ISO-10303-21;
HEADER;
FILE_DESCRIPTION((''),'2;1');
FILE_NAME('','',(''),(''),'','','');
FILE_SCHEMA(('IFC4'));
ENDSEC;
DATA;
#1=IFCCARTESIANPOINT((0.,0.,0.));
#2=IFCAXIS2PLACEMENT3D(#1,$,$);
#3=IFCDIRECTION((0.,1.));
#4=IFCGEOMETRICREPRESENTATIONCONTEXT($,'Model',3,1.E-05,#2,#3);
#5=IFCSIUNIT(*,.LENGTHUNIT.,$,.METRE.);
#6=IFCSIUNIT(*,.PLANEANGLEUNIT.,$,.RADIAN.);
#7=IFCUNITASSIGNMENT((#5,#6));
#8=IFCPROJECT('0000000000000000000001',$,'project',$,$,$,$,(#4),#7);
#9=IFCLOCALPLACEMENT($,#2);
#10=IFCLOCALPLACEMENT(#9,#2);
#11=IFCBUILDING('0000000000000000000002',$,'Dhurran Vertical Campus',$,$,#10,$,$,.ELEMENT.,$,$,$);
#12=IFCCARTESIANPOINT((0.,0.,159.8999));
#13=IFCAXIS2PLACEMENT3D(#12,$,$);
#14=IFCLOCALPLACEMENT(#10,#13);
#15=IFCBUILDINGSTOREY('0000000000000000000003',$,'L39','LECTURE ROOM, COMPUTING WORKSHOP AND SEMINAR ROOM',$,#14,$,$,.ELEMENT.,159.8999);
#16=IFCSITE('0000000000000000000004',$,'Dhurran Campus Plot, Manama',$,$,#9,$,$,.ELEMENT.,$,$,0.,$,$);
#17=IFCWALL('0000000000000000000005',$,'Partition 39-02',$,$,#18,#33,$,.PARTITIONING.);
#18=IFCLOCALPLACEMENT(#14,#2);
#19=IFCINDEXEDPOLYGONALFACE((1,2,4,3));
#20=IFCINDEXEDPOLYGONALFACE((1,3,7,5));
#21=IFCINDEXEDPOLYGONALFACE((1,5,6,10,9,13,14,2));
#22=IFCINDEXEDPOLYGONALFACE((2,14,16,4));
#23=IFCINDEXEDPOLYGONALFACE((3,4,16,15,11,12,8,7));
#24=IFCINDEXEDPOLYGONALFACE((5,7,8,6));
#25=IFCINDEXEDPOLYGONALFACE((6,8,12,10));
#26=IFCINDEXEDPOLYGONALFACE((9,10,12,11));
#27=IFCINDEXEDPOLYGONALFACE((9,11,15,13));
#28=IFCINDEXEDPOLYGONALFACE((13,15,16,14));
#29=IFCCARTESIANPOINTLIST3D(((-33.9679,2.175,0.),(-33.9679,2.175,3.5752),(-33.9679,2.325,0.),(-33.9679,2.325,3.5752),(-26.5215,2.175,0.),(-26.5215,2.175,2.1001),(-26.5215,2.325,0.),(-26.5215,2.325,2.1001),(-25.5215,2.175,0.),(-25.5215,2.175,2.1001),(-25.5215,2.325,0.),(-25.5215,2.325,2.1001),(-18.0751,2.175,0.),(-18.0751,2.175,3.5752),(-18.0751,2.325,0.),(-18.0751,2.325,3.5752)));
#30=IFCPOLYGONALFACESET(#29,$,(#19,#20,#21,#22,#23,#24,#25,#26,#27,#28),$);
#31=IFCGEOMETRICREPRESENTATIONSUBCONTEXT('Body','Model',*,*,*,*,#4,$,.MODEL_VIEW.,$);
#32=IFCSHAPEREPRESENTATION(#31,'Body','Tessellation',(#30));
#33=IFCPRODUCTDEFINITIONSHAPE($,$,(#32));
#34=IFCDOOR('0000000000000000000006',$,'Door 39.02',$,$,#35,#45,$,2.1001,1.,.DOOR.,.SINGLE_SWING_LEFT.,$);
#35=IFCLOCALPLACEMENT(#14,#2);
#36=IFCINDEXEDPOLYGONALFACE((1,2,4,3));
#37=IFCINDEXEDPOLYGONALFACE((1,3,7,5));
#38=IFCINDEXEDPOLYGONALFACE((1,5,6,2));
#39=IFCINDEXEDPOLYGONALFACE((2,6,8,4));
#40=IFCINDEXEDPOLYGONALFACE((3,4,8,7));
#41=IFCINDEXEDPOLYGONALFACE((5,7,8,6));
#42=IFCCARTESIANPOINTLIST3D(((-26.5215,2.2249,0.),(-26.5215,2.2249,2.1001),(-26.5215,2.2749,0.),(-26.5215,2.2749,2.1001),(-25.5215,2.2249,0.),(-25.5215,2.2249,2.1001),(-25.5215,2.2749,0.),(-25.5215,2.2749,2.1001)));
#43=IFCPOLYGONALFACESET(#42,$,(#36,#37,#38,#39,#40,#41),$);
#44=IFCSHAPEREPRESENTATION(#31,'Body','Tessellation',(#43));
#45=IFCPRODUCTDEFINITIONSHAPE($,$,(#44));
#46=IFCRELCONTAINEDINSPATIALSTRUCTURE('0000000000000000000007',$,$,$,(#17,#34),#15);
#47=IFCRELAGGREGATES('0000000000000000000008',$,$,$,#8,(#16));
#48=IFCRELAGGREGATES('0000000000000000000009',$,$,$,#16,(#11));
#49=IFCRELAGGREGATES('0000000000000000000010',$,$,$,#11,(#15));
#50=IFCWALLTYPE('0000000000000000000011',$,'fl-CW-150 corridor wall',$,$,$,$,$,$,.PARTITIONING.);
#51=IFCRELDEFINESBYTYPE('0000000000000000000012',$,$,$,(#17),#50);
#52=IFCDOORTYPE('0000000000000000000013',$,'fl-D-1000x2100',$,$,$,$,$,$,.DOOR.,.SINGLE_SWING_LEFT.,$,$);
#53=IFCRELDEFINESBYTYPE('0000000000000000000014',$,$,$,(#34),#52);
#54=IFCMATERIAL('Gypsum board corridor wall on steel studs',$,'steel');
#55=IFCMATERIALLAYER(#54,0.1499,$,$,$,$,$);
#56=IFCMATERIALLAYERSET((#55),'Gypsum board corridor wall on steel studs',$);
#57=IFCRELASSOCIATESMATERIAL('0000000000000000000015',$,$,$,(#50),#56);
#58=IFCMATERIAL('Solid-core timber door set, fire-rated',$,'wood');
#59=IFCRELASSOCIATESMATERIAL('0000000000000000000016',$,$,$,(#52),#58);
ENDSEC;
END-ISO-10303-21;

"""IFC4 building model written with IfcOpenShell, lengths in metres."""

from ifc_helpers import new_model, si_unit, direction, frame, frame_2d, origin, place, context, subcontext, project, spatial, rectangle, extrude, material, layer, layer_set, type_object, element, fill, save


model = new_model("IFC4")

# Units and contexts
model_context = context("Model", 3, precision=1e-05, world=origin(), true_north=direction((0.0, 1.0)))
body_context = subcontext(model_context, "Body", "Model", "MODEL_VIEW")
ifc_project = project(units=[si_unit("LENGTHUNIT", "METRE"), si_unit("PLANEANGLEUNIT", "RADIAN")], contexts=[model_context])

# Site, building, storey
site_placement = place(None, origin())
site = spatial("IfcSite", under=ifc_project, at=site_placement, Name="Dhurran Campus Plot, Manama", CompositionType="ELEMENT", RefElevation=0.0)
building_placement = place(site_placement, origin())
building = spatial("IfcBuilding", under=site, at=building_placement, Name="Dhurran Vertical Campus", CompositionType="ELEMENT")
storey_placement = place(building_placement, frame((0.0, 0.0, 159.8999)))
storey = spatial("IfcBuildingStorey", under=building, at=storey_placement, Name="L39", Description="LECTURE ROOM, COMPUTING WORKSHOP AND SEMINAR ROOM", CompositionType="ELEMENT", Elevation=159.8999)

# Wall, opening, door
ifc_material_1 = material(Name="Gypsum board corridor wall on steel studs", Category="steel")
ifc_layer_1 = layer(ifc_material_1, 0.1499)
ifc_layer_set_1 = layer_set([ifc_layer_1], Name="Gypsum board corridor wall on steel studs")
wall_type_1 = type_object("IfcWallType", Name="fl-CW-150 corridor wall", PredefinedType="PARTITIONING", material=ifc_layer_set_1)
wall_1_placement = place(storey_placement, frame((-33.9678, 2.25, 0.0), z_axis=(0.0, 0.0, 1.0), x_axis=(1.0, 0.0, 0.0)))
wall_1 = element("IfcWall", 1, at=wall_1_placement, inside=storey, type_object=wall_type_1, Name="Partition 39-02", PredefinedType="PARTITIONING", context=body_context, shape_type="SweptSolid", body=[
    extrude(rectangle(XDim=15.8928, YDim=0.1499, at=frame_2d((7.9463, 0.0))), origin(), (0.0, 0.0, 1.0), 3.5752),
])
opening_1_placement = place(wall_1_placement, frame((7.4463, 0.0, 0.0)))
opening_1 = element("IfcOpeningElement", 2, at=opening_1_placement, cuts=wall_1, PredefinedType="OPENING", context=body_context, shape_type="SweptSolid", body=[
    extrude(rectangle(XDim=1.0, YDim=2.1001, at=frame_2d((0.5, 1.05))), frame((0.0, 0.085, 0.0), z_axis=(0.0, -1.0, 0.0), x_axis=(1.0, 0.0, 0.0)), (0.0, 0.0, 1.0), 0.1699),
])
ifc_material_2 = material(Name="Solid-core timber door set, fire-rated", Category="wood")
door_type_1 = type_object("IfcDoorType", Name="fl-D-1000x2100", OperationType="SINGLE_SWING_LEFT", PredefinedType="DOOR", material=ifc_material_2)
door_1_placement = place(opening_1_placement, origin())
door_1 = element("IfcDoor", 3, at=door_1_placement, inside=storey, type_object=door_type_1, Name="Door 39.02", OperationType="SINGLE_SWING_LEFT", OverallHeight=2.1001, OverallWidth=1.0, PredefinedType="DOOR", context=body_context, shape_type="SweptSolid", body=[
    extrude(rectangle(XDim=1.0, YDim=2.1001, at=frame_2d((0.5, 1.05))), frame((0.0, 0.0249, 0.0), z_axis=(0.0, -1.0, 0.0), x_axis=(1.0, 0.0, 0.0)), (0.0, 0.0, 1.0), 0.05),
])
fill(opening_1, door_1)

save(model, "model.ifc")
